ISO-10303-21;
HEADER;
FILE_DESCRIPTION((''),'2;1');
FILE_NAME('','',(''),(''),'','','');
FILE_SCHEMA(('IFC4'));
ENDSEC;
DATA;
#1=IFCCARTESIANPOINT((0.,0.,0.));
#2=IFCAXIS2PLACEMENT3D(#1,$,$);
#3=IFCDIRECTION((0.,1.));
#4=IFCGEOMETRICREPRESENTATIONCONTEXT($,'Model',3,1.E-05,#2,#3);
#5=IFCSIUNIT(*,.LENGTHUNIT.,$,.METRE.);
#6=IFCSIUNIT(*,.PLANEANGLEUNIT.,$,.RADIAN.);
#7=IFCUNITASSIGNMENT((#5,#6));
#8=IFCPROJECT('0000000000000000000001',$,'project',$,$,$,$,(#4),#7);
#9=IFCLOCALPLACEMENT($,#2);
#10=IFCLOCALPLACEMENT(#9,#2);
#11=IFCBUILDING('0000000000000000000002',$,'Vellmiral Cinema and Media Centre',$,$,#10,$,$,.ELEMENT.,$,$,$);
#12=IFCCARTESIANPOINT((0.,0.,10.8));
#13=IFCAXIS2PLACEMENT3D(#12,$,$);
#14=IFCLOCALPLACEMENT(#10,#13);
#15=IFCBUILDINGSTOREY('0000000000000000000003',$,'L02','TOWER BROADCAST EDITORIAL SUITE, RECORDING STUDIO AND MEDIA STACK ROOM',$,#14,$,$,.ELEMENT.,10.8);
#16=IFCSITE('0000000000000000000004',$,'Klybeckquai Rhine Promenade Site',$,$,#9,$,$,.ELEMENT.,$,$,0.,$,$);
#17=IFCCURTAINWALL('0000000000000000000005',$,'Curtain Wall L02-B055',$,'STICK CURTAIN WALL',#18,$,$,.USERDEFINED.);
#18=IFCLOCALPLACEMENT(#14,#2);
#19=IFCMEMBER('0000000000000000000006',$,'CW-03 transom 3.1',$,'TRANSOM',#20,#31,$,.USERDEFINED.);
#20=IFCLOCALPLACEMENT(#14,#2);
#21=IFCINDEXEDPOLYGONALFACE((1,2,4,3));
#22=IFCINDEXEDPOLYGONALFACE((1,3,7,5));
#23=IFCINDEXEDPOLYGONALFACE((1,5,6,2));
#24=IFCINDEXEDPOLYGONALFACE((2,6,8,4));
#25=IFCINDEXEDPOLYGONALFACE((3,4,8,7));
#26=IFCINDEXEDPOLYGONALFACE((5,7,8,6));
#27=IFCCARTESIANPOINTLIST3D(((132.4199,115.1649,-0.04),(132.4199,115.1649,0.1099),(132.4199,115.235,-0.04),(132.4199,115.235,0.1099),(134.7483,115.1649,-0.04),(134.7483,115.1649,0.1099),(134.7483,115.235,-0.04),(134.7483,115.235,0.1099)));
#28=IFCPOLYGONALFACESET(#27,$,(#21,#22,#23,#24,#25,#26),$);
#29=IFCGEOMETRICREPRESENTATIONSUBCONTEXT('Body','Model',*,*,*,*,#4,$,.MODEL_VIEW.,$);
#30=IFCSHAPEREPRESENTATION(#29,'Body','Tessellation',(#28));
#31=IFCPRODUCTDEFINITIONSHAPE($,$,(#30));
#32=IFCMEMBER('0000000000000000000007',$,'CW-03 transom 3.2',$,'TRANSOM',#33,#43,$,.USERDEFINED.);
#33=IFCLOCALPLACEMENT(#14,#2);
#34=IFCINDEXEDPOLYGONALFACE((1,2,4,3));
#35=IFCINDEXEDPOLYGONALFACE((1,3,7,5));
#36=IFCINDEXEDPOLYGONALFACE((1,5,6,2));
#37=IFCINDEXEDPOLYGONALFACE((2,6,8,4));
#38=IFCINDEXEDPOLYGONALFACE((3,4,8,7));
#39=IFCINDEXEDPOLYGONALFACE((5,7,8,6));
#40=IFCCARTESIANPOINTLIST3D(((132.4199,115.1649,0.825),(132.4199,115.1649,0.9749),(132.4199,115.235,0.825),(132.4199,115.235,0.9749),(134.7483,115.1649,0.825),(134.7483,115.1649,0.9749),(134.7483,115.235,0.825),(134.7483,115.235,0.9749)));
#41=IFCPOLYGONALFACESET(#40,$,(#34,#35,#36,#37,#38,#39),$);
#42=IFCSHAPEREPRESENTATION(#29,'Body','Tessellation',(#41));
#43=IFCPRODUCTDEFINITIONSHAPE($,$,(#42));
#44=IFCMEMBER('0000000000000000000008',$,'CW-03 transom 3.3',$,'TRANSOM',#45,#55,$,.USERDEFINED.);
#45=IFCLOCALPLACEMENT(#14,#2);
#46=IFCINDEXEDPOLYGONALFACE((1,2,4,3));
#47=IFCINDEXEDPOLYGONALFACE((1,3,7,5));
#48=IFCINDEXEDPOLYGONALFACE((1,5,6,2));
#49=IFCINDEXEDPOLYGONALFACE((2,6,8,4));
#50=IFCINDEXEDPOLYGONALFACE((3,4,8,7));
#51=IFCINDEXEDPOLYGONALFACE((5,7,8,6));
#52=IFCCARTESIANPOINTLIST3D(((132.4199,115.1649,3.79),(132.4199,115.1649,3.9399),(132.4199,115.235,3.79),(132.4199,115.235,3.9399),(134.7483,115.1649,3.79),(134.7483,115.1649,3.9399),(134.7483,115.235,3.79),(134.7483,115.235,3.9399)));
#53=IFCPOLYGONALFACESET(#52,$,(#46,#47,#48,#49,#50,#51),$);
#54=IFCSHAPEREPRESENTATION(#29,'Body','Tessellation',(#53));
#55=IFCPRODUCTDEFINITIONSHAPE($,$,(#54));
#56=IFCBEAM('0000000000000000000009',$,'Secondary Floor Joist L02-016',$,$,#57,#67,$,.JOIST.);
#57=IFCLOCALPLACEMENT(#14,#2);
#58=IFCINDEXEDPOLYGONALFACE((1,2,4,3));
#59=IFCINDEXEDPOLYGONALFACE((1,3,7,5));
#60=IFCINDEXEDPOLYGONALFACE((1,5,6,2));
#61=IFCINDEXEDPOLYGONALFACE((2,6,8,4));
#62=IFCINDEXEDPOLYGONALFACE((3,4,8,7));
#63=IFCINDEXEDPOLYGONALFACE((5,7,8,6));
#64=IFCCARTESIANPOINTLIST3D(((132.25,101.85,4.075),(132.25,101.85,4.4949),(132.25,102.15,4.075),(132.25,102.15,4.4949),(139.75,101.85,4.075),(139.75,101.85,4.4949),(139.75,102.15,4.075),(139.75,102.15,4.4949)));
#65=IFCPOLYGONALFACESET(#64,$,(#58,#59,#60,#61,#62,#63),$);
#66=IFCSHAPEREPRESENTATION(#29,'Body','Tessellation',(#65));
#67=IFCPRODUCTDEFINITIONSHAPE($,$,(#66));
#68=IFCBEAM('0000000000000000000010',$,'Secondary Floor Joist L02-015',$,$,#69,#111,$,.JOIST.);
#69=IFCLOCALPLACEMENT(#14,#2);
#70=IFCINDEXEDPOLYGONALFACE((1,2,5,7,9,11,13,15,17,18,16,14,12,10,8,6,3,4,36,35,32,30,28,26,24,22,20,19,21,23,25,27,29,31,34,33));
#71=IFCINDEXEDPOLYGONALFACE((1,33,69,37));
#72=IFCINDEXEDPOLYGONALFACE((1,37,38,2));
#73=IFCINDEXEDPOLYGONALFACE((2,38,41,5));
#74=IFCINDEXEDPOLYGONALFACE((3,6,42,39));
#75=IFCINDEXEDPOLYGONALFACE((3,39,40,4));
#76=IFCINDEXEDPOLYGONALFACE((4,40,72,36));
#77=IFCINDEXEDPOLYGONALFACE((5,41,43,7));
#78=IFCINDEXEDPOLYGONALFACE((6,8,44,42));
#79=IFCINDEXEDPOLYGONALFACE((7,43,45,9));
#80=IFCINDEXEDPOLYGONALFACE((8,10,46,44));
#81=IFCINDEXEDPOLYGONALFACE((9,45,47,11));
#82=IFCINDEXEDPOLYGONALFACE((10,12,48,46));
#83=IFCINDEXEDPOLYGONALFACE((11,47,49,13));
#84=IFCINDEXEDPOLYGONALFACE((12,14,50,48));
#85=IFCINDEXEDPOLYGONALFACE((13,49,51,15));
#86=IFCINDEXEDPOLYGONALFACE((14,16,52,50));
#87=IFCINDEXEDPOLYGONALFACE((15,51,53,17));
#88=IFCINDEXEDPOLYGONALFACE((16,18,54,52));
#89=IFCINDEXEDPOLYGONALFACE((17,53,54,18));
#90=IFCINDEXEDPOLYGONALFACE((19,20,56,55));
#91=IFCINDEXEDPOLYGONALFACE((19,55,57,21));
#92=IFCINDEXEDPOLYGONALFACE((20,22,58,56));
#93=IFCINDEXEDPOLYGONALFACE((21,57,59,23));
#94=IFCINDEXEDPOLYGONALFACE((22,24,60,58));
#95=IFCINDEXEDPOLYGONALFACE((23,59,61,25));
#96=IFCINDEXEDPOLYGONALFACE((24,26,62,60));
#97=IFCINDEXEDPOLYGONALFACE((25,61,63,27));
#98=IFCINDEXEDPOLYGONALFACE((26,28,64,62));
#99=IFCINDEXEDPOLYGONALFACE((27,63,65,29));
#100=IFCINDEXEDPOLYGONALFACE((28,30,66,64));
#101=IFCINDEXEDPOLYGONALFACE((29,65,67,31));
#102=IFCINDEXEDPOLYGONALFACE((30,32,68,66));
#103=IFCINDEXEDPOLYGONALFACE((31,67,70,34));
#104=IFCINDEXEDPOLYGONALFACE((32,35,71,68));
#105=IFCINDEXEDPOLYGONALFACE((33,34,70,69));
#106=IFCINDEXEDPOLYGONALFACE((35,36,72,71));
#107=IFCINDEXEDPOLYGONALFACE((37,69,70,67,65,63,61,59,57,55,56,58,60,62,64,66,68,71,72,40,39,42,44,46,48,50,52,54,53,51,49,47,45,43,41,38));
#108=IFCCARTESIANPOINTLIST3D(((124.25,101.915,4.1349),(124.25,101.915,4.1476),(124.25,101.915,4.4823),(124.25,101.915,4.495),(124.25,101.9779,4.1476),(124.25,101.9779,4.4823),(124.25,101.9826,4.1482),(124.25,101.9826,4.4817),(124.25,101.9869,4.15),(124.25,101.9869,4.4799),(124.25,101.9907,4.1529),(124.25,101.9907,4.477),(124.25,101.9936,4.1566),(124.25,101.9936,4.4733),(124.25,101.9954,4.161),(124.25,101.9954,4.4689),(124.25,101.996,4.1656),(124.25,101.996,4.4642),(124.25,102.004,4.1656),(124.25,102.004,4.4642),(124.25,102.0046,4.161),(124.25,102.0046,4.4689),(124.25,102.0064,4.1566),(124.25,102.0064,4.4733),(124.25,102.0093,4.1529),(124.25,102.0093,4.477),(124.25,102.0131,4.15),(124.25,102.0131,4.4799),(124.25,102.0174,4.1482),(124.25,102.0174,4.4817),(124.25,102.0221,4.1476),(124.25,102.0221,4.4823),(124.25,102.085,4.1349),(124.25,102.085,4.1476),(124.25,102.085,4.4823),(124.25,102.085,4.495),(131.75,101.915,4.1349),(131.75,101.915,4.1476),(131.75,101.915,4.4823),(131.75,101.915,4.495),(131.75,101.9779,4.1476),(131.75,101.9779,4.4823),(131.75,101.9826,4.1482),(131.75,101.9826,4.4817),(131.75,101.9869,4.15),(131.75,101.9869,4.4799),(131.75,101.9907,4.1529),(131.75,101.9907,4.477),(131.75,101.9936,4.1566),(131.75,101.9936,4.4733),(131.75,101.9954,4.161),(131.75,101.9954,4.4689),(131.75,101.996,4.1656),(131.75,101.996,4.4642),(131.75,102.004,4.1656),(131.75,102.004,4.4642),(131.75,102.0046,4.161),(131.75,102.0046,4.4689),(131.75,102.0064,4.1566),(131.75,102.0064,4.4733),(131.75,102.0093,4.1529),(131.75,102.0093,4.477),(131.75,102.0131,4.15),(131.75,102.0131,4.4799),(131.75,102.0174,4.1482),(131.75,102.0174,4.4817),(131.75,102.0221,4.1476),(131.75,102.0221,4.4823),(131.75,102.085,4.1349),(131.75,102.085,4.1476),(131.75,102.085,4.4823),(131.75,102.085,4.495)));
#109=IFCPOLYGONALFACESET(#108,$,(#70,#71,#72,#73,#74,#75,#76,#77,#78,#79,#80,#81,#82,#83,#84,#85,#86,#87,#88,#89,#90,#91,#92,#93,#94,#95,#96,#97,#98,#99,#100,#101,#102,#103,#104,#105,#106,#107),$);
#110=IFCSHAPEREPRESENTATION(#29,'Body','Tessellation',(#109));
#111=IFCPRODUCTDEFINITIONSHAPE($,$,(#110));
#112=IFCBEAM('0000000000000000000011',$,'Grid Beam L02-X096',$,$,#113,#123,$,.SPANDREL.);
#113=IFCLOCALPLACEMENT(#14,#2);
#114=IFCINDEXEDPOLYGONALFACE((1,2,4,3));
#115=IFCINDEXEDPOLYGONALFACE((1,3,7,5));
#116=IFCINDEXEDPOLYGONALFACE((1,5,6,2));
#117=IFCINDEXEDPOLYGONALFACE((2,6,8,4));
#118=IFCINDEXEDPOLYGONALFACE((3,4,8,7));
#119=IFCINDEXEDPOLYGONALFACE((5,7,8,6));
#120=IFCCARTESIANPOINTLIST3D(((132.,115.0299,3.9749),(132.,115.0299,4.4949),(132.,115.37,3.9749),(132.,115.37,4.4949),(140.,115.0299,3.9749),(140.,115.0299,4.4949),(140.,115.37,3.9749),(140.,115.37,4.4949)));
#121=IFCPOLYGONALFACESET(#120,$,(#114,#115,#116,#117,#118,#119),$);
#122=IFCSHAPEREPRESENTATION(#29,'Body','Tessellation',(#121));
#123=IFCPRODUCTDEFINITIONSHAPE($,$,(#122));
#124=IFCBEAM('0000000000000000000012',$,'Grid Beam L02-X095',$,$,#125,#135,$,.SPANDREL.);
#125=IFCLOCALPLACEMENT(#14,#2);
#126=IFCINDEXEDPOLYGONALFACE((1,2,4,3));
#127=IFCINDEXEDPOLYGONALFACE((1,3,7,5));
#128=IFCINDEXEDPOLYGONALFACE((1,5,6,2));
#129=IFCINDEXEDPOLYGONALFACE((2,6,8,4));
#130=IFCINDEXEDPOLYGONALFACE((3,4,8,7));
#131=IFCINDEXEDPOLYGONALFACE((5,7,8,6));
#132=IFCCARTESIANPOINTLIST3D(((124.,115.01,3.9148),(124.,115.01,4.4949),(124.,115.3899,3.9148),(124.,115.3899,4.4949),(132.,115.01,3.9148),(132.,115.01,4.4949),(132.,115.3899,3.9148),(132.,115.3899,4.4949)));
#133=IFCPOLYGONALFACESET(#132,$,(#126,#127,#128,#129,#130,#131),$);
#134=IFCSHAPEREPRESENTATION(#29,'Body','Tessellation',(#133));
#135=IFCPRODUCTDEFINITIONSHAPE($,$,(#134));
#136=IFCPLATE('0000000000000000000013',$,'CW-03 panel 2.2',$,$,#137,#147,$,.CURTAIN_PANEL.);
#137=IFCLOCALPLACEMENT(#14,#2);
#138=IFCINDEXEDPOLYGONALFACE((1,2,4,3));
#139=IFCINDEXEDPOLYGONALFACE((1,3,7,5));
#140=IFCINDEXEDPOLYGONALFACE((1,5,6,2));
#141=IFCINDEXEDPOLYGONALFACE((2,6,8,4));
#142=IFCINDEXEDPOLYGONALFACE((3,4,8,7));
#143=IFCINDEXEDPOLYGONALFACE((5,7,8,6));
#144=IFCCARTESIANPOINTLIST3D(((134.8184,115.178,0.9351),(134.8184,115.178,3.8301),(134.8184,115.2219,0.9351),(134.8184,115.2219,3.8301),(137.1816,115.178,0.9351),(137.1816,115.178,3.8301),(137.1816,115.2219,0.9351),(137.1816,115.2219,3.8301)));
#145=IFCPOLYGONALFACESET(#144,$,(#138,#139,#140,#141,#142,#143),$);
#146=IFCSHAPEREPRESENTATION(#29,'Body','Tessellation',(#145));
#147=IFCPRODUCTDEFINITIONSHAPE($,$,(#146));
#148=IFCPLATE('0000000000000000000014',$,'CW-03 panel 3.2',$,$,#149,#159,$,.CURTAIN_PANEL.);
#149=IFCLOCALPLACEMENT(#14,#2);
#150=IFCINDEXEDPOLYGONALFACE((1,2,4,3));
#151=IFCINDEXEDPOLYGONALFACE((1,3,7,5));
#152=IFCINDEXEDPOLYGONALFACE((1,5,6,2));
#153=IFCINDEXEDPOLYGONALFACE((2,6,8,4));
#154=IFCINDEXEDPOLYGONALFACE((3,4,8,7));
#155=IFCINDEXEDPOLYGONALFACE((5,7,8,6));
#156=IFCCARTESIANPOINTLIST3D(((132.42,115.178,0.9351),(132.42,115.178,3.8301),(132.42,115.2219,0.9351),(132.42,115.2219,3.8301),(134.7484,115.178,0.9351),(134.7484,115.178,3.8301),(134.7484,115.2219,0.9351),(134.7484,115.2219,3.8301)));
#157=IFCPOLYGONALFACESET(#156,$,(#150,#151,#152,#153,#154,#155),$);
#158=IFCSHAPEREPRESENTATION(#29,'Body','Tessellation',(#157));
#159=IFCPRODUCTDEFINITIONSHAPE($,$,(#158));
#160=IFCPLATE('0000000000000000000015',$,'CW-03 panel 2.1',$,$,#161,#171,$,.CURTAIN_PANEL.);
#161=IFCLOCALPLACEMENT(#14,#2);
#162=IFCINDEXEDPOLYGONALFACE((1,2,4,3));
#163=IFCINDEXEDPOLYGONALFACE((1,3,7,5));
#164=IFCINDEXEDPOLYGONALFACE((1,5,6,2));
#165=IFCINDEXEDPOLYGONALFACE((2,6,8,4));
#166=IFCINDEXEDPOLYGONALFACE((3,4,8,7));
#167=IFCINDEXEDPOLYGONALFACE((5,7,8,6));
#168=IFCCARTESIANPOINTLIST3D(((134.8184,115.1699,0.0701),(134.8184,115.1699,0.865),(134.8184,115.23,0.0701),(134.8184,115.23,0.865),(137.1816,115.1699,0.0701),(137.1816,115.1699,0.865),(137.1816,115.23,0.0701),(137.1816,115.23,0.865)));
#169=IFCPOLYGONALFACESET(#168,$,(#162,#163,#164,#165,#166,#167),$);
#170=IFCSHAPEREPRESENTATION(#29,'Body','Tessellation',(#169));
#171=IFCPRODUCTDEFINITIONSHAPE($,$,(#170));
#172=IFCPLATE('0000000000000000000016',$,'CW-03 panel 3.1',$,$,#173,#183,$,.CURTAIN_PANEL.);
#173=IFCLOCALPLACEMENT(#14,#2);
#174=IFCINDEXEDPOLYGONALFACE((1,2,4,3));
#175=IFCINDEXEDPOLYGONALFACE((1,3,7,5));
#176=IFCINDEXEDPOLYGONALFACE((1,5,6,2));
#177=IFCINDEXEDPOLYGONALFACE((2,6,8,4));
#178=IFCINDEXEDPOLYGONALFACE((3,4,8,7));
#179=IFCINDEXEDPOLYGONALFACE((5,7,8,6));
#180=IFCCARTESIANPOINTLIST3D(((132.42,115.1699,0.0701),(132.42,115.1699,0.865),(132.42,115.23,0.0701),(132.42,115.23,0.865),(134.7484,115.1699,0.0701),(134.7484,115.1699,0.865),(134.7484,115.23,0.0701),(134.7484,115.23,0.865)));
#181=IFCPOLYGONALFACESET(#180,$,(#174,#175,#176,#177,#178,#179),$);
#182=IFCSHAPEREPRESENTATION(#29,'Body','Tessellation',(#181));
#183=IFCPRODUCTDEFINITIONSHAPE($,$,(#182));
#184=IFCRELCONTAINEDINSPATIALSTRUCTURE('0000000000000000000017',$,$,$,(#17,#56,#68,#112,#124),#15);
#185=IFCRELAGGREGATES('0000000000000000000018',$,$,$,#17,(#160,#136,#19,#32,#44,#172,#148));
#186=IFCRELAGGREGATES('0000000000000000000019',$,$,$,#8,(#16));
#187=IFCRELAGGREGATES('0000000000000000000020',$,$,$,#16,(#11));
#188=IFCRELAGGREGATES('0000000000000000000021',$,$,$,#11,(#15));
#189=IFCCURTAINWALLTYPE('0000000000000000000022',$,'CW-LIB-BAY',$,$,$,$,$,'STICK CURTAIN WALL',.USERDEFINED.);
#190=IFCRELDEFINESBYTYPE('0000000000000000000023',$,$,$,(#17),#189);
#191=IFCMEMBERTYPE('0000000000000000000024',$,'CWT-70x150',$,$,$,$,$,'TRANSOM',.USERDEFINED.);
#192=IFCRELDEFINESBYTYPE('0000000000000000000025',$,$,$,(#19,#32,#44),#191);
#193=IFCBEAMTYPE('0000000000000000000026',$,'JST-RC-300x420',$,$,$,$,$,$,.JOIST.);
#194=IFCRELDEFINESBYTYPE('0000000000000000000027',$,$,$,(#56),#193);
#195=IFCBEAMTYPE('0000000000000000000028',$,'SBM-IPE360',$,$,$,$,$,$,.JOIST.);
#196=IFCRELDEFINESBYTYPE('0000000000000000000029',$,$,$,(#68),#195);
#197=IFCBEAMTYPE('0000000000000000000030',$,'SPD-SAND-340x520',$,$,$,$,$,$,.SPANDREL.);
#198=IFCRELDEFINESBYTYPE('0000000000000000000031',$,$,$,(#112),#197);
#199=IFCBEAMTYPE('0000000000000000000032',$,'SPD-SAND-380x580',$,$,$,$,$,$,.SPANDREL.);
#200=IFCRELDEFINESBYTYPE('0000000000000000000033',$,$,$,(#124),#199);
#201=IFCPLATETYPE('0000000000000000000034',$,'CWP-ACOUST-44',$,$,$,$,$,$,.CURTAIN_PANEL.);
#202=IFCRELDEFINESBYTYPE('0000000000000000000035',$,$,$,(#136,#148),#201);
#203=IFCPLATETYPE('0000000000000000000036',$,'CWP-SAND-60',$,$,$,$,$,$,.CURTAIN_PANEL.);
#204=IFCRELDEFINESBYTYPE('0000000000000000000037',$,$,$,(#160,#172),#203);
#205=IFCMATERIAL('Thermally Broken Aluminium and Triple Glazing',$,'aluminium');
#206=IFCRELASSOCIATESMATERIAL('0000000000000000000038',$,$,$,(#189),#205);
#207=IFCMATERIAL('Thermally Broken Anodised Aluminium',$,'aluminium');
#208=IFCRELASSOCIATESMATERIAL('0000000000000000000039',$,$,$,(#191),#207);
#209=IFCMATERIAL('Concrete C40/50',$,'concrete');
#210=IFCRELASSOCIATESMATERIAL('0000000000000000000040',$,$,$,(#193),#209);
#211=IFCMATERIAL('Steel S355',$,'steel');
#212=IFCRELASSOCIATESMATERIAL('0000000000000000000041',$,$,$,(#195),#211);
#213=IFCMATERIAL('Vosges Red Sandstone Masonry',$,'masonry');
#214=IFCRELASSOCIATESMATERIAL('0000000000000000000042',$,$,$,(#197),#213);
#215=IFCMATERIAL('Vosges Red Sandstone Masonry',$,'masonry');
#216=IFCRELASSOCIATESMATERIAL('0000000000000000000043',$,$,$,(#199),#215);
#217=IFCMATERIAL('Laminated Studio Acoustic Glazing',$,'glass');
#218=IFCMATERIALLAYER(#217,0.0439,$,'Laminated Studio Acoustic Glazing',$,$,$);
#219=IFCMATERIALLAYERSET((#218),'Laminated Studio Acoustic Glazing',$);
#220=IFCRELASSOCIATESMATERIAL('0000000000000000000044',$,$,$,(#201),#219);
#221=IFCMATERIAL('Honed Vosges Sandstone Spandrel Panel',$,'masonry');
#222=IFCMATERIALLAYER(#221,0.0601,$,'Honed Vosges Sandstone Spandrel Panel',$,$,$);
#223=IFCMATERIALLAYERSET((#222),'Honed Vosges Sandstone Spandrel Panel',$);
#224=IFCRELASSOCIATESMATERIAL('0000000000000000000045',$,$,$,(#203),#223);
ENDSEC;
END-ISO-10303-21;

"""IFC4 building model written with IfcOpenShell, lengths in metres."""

from ifc_helpers import new_model, si_unit, direction, frame, origin, origin_2d, place, context, subcontext, project, spatial, rectangle, i_section, extrude, material, layer, layer_set, material_profile, profile_set, type_object, element, aggregate, save


model = new_model("IFC4")

# Units and contexts
model_context = context("Model", 3, precision=1e-05, world=origin(), true_north=direction((0.0, 1.0)))
body_context = subcontext(model_context, "Body", "Model", "MODEL_VIEW")
ifc_project = project(units=[si_unit("LENGTHUNIT", "METRE"), si_unit("PLANEANGLEUNIT", "RADIAN")], contexts=[model_context])

# Site, building, storey
site_placement = place(None, origin())
site = spatial("IfcSite", under=ifc_project, at=site_placement, Name="Klybeckquai Rhine Promenade Site", CompositionType="ELEMENT", RefElevation=0.0)
building_placement = place(site_placement, origin())
building = spatial("IfcBuilding", under=site, at=building_placement, Name="Vellmiral Cinema and Media Centre", CompositionType="ELEMENT")
storey_placement = place(building_placement, frame((0.0, 0.0, 10.8)))
storey = spatial("IfcBuildingStorey", under=building, at=storey_placement, Name="L02", Description="TOWER BROADCAST EDITORIAL SUITE, RECORDING STUDIO AND MEDIA STACK ROOM", CompositionType="ELEMENT", Elevation=10.8)

# Curtain wall, members
ifc_material_1 = material(Name="Thermally Broken Aluminium and Triple Glazing", Category="aluminium")
curtain_wall_type = type_object("IfcCurtainWallType", Name="CW-LIB-BAY", ElementType="STICK CURTAIN WALL", PredefinedType="USERDEFINED", material=ifc_material_1)
curtain_wall_placement = place(storey_placement, origin())
curtain_wall = element("IfcCurtainWall", 1, at=curtain_wall_placement, inside=storey, type_object=curtain_wall_type, Name="Curtain Wall L02-B055", ObjectType="STICK CURTAIN WALL", PredefinedType="USERDEFINED")
ifc_material_2 = material(Name="Thermally Broken Anodised Aluminium", Category="aluminium")
ifc_material_profile_1 = material_profile(ifc_material_2, rectangle(XDim=0.0701, YDim=0.1499, at=origin_2d()), Name="MULL 70x150")
ifc_profile_set_1 = profile_set([ifc_material_profile_1], Name="Thermally Broken Anodised Aluminium")
member_type_1 = type_object("IfcMemberType", Name="CWT-70x150", ElementType="TRANSOM", PredefinedType="USERDEFINED", material=ifc_profile_set_1)
member_1_placement = place(storey_placement, frame((134.7483, 115.2, 0.0349), z_axis=(-1.0, 0.0, 0.0), x_axis=(0.0, -1.0, 0.0)))
member_1 = element("IfcMember", 2, at=member_1_placement, type_object=member_type_1, Name="CW-03 transom 3.1", ObjectType="TRANSOM", PredefinedType="USERDEFINED", context=body_context, shape_type="SweptSolid", body=[
    extrude(rectangle(XDim=0.0701, YDim=0.1499, at=origin_2d()), origin(), (0.0, 0.0, 1.0), 2.3284),
])
member_2_placement = place(storey_placement, frame((134.7483, 115.2, 0.8999), z_axis=(-1.0, 0.0, 0.0), x_axis=(0.0, -1.0, 0.0)))
member_2 = element("IfcMember", 3, at=member_2_placement, type_object=member_type_1, Name="CW-03 transom 3.2", ObjectType="TRANSOM", PredefinedType="USERDEFINED", context=body_context, shape_type="SweptSolid", body=[
    extrude(rectangle(XDim=0.0701, YDim=0.1499, at=origin_2d()), origin(), (0.0, 0.0, 1.0), 2.3284),
])
member_3_placement = place(storey_placement, frame((134.7483, 115.2, 3.865), z_axis=(-1.0, 0.0, 0.0), x_axis=(0.0, -1.0, 0.0)))
member_3 = element("IfcMember", 4, at=member_3_placement, type_object=member_type_1, Name="CW-03 transom 3.3", ObjectType="TRANSOM", PredefinedType="USERDEFINED", context=body_context, shape_type="SweptSolid", body=[
    extrude(rectangle(XDim=0.0701, YDim=0.1499, at=origin_2d()), origin(), (0.0, 0.0, 1.0), 2.3284),
])

# Beams
ifc_material_3 = material(Name="Concrete C40/50", Category="concrete")
ifc_material_profile_2 = material_profile(ifc_material_3, rectangle(XDim=0.3, YDim=0.4199, at=origin_2d()), Name="RC 300x420")
ifc_profile_set_2 = profile_set([ifc_material_profile_2], Name="Concrete C40/50")
beam_type_1 = type_object("IfcBeamType", Name="JST-RC-300x420", PredefinedType="JOIST", material=ifc_profile_set_2)
beam_1_placement = place(storey_placement, frame((132.25, 102.0, 4.2849), z_axis=(1.0, 0.0, 0.0), x_axis=(0.0, 1.0, 0.0)))
element("IfcBeam", 5, at=beam_1_placement, inside=storey, type_object=beam_type_1, Name="Secondary Floor Joist L02-016", PredefinedType="JOIST", context=body_context, shape_type="SweptSolid", body=[
    extrude(rectangle(XDim=0.3, YDim=0.4199, at=origin_2d()), origin(), (0.0, 0.0, 1.0), 7.5),
])
ifc_material_4 = material(Name="Steel S355", Category="steel")
ifc_material_profile_3 = material_profile(ifc_material_4, i_section(OverallWidth=0.1699, OverallDepth=0.3601, WebThickness=0.0081, FlangeThickness=0.0127, FilletRadius=0.0181, at=origin_2d()), Name="IPE 360")
ifc_profile_set_3 = profile_set([ifc_material_profile_3], Name="Steel S355")
beam_type_2 = type_object("IfcBeamType", Name="SBM-IPE360", PredefinedType="JOIST", material=ifc_profile_set_3)
beam_2_placement = place(storey_placement, frame((124.25, 102.0, 4.3149), z_axis=(1.0, 0.0, 0.0), x_axis=(0.0, 1.0, 0.0)))
element("IfcBeam", 6, at=beam_2_placement, inside=storey, type_object=beam_type_2, Name="Secondary Floor Joist L02-015", PredefinedType="JOIST", context=body_context, shape_type="SweptSolid", body=[
    extrude(i_section(OverallWidth=0.1699, OverallDepth=0.3601, WebThickness=0.0081, FlangeThickness=0.0127, FilletRadius=0.0181, at=origin_2d()), origin(), (0.0, 0.0, 1.0), 7.5),
])
ifc_material_5 = material(Name="Vosges Red Sandstone Masonry", Category="masonry")
ifc_material_profile_4 = material_profile(ifc_material_5, rectangle(XDim=0.3401, YDim=0.52, at=origin_2d()), Name="SAND 340x520")
ifc_profile_set_4 = profile_set([ifc_material_profile_4], Name="Vosges Red Sandstone Masonry")
beam_type_3 = type_object("IfcBeamType", Name="SPD-SAND-340x520", PredefinedType="SPANDREL", material=ifc_profile_set_4)
beam_3_placement = place(storey_placement, frame((132.0, 115.2, 4.2349), z_axis=(1.0, 0.0, 0.0), x_axis=(0.0, 1.0, 0.0)))
element("IfcBeam", 7, at=beam_3_placement, inside=storey, type_object=beam_type_3, Name="Grid Beam L02-X096", PredefinedType="SPANDREL", context=body_context, shape_type="SweptSolid", body=[
    extrude(rectangle(XDim=0.3401, YDim=0.52, at=origin_2d()), origin(), (0.0, 0.0, 1.0), 8.0),
])
ifc_material_6 = material(Name="Vosges Red Sandstone Masonry", Category="masonry")
ifc_material_profile_5 = material_profile(ifc_material_6, rectangle(XDim=0.3799, YDim=0.5801, at=origin_2d()), Name="SAND 380x580")
ifc_profile_set_5 = profile_set([ifc_material_profile_5], Name="Vosges Red Sandstone Masonry")
beam_type_4 = type_object("IfcBeamType", Name="SPD-SAND-380x580", PredefinedType="SPANDREL", material=ifc_profile_set_5)
beam_4_placement = place(storey_placement, frame((124.0, 115.2, 4.2048), z_axis=(1.0, 0.0, 0.0), x_axis=(0.0, 1.0, 0.0)))
element("IfcBeam", 8, at=beam_4_placement, inside=storey, type_object=beam_type_4, Name="Grid Beam L02-X095", PredefinedType="SPANDREL", context=body_context, shape_type="SweptSolid", body=[
    extrude(rectangle(XDim=0.3799, YDim=0.5801, at=origin_2d()), origin(), (0.0, 0.0, 1.0), 8.0),
])

# Plates
ifc_material_7 = material(Name="Laminated Studio Acoustic Glazing", Category="glass")
ifc_layer_1 = layer(ifc_material_7, 0.0439, Name="Laminated Studio Acoustic Glazing")
ifc_layer_set_1 = layer_set([ifc_layer_1], Name="Laminated Studio Acoustic Glazing")
plate_type_1 = type_object("IfcPlateType", Name="CWP-ACOUST-44", PredefinedType="CURTAIN_PANEL", material=ifc_layer_set_1)
plate_1_placement = place(storey_placement, frame((136.0, 115.2, 0.9351), z_axis=(0.0, 0.0, 1.0), x_axis=(-1.0, 0.0, 0.0)))
plate_1 = element("IfcPlate", 9, at=plate_1_placement, type_object=plate_type_1, Name="CW-03 panel 2.2", PredefinedType="CURTAIN_PANEL", context=body_context, shape_type="SweptSolid", body=[
    extrude(rectangle(XDim=2.3633, YDim=0.0439, at=origin_2d()), origin(), (0.0, 0.0, 1.0), 2.895),
])
plate_2_placement = place(storey_placement, frame((133.5842, 115.2, 0.9351), z_axis=(0.0, 0.0, 1.0), x_axis=(-1.0, 0.0, 0.0)))
plate_2 = element("IfcPlate", 10, at=plate_2_placement, type_object=plate_type_1, Name="CW-03 panel 3.2", PredefinedType="CURTAIN_PANEL", context=body_context, shape_type="SweptSolid", body=[
    extrude(rectangle(XDim=2.3284, YDim=0.0439, at=origin_2d()), origin(), (0.0, 0.0, 1.0), 2.895),
])
ifc_material_8 = material(Name="Honed Vosges Sandstone Spandrel Panel", Category="masonry")
ifc_layer_2 = layer(ifc_material_8, 0.0601, Name="Honed Vosges Sandstone Spandrel Panel")
ifc_layer_set_2 = layer_set([ifc_layer_2], Name="Honed Vosges Sandstone Spandrel Panel")
plate_type_2 = type_object("IfcPlateType", Name="CWP-SAND-60", PredefinedType="CURTAIN_PANEL", material=ifc_layer_set_2)
plate_3_placement = place(storey_placement, frame((136.0, 115.2, 0.0701), z_axis=(0.0, 0.0, 1.0), x_axis=(-1.0, 0.0, 0.0)))
plate_3 = element("IfcPlate", 11, at=plate_3_placement, type_object=plate_type_2, Name="CW-03 panel 2.1", PredefinedType="CURTAIN_PANEL", context=body_context, shape_type="SweptSolid", body=[
    extrude(rectangle(XDim=2.3633, YDim=0.0601, at=origin_2d()), origin(), (0.0, 0.0, 1.0), 0.7949),
])
plate_4_placement = place(storey_placement, frame((133.5842, 115.2, 0.0701), z_axis=(0.0, 0.0, 1.0), x_axis=(-1.0, 0.0, 0.0)))
plate_4 = element("IfcPlate", 12, at=plate_4_placement, type_object=plate_type_2, Name="CW-03 panel 3.1", PredefinedType="CURTAIN_PANEL", context=body_context, shape_type="SweptSolid", body=[
    extrude(rectangle(XDim=2.3284, YDim=0.0601, at=origin_2d()), origin(), (0.0, 0.0, 1.0), 0.7949),
])
aggregate(curtain_wall, [plate_3, plate_1, member_1, member_2, member_3, plate_4, plate_2])

save(model, "model.ifc")
